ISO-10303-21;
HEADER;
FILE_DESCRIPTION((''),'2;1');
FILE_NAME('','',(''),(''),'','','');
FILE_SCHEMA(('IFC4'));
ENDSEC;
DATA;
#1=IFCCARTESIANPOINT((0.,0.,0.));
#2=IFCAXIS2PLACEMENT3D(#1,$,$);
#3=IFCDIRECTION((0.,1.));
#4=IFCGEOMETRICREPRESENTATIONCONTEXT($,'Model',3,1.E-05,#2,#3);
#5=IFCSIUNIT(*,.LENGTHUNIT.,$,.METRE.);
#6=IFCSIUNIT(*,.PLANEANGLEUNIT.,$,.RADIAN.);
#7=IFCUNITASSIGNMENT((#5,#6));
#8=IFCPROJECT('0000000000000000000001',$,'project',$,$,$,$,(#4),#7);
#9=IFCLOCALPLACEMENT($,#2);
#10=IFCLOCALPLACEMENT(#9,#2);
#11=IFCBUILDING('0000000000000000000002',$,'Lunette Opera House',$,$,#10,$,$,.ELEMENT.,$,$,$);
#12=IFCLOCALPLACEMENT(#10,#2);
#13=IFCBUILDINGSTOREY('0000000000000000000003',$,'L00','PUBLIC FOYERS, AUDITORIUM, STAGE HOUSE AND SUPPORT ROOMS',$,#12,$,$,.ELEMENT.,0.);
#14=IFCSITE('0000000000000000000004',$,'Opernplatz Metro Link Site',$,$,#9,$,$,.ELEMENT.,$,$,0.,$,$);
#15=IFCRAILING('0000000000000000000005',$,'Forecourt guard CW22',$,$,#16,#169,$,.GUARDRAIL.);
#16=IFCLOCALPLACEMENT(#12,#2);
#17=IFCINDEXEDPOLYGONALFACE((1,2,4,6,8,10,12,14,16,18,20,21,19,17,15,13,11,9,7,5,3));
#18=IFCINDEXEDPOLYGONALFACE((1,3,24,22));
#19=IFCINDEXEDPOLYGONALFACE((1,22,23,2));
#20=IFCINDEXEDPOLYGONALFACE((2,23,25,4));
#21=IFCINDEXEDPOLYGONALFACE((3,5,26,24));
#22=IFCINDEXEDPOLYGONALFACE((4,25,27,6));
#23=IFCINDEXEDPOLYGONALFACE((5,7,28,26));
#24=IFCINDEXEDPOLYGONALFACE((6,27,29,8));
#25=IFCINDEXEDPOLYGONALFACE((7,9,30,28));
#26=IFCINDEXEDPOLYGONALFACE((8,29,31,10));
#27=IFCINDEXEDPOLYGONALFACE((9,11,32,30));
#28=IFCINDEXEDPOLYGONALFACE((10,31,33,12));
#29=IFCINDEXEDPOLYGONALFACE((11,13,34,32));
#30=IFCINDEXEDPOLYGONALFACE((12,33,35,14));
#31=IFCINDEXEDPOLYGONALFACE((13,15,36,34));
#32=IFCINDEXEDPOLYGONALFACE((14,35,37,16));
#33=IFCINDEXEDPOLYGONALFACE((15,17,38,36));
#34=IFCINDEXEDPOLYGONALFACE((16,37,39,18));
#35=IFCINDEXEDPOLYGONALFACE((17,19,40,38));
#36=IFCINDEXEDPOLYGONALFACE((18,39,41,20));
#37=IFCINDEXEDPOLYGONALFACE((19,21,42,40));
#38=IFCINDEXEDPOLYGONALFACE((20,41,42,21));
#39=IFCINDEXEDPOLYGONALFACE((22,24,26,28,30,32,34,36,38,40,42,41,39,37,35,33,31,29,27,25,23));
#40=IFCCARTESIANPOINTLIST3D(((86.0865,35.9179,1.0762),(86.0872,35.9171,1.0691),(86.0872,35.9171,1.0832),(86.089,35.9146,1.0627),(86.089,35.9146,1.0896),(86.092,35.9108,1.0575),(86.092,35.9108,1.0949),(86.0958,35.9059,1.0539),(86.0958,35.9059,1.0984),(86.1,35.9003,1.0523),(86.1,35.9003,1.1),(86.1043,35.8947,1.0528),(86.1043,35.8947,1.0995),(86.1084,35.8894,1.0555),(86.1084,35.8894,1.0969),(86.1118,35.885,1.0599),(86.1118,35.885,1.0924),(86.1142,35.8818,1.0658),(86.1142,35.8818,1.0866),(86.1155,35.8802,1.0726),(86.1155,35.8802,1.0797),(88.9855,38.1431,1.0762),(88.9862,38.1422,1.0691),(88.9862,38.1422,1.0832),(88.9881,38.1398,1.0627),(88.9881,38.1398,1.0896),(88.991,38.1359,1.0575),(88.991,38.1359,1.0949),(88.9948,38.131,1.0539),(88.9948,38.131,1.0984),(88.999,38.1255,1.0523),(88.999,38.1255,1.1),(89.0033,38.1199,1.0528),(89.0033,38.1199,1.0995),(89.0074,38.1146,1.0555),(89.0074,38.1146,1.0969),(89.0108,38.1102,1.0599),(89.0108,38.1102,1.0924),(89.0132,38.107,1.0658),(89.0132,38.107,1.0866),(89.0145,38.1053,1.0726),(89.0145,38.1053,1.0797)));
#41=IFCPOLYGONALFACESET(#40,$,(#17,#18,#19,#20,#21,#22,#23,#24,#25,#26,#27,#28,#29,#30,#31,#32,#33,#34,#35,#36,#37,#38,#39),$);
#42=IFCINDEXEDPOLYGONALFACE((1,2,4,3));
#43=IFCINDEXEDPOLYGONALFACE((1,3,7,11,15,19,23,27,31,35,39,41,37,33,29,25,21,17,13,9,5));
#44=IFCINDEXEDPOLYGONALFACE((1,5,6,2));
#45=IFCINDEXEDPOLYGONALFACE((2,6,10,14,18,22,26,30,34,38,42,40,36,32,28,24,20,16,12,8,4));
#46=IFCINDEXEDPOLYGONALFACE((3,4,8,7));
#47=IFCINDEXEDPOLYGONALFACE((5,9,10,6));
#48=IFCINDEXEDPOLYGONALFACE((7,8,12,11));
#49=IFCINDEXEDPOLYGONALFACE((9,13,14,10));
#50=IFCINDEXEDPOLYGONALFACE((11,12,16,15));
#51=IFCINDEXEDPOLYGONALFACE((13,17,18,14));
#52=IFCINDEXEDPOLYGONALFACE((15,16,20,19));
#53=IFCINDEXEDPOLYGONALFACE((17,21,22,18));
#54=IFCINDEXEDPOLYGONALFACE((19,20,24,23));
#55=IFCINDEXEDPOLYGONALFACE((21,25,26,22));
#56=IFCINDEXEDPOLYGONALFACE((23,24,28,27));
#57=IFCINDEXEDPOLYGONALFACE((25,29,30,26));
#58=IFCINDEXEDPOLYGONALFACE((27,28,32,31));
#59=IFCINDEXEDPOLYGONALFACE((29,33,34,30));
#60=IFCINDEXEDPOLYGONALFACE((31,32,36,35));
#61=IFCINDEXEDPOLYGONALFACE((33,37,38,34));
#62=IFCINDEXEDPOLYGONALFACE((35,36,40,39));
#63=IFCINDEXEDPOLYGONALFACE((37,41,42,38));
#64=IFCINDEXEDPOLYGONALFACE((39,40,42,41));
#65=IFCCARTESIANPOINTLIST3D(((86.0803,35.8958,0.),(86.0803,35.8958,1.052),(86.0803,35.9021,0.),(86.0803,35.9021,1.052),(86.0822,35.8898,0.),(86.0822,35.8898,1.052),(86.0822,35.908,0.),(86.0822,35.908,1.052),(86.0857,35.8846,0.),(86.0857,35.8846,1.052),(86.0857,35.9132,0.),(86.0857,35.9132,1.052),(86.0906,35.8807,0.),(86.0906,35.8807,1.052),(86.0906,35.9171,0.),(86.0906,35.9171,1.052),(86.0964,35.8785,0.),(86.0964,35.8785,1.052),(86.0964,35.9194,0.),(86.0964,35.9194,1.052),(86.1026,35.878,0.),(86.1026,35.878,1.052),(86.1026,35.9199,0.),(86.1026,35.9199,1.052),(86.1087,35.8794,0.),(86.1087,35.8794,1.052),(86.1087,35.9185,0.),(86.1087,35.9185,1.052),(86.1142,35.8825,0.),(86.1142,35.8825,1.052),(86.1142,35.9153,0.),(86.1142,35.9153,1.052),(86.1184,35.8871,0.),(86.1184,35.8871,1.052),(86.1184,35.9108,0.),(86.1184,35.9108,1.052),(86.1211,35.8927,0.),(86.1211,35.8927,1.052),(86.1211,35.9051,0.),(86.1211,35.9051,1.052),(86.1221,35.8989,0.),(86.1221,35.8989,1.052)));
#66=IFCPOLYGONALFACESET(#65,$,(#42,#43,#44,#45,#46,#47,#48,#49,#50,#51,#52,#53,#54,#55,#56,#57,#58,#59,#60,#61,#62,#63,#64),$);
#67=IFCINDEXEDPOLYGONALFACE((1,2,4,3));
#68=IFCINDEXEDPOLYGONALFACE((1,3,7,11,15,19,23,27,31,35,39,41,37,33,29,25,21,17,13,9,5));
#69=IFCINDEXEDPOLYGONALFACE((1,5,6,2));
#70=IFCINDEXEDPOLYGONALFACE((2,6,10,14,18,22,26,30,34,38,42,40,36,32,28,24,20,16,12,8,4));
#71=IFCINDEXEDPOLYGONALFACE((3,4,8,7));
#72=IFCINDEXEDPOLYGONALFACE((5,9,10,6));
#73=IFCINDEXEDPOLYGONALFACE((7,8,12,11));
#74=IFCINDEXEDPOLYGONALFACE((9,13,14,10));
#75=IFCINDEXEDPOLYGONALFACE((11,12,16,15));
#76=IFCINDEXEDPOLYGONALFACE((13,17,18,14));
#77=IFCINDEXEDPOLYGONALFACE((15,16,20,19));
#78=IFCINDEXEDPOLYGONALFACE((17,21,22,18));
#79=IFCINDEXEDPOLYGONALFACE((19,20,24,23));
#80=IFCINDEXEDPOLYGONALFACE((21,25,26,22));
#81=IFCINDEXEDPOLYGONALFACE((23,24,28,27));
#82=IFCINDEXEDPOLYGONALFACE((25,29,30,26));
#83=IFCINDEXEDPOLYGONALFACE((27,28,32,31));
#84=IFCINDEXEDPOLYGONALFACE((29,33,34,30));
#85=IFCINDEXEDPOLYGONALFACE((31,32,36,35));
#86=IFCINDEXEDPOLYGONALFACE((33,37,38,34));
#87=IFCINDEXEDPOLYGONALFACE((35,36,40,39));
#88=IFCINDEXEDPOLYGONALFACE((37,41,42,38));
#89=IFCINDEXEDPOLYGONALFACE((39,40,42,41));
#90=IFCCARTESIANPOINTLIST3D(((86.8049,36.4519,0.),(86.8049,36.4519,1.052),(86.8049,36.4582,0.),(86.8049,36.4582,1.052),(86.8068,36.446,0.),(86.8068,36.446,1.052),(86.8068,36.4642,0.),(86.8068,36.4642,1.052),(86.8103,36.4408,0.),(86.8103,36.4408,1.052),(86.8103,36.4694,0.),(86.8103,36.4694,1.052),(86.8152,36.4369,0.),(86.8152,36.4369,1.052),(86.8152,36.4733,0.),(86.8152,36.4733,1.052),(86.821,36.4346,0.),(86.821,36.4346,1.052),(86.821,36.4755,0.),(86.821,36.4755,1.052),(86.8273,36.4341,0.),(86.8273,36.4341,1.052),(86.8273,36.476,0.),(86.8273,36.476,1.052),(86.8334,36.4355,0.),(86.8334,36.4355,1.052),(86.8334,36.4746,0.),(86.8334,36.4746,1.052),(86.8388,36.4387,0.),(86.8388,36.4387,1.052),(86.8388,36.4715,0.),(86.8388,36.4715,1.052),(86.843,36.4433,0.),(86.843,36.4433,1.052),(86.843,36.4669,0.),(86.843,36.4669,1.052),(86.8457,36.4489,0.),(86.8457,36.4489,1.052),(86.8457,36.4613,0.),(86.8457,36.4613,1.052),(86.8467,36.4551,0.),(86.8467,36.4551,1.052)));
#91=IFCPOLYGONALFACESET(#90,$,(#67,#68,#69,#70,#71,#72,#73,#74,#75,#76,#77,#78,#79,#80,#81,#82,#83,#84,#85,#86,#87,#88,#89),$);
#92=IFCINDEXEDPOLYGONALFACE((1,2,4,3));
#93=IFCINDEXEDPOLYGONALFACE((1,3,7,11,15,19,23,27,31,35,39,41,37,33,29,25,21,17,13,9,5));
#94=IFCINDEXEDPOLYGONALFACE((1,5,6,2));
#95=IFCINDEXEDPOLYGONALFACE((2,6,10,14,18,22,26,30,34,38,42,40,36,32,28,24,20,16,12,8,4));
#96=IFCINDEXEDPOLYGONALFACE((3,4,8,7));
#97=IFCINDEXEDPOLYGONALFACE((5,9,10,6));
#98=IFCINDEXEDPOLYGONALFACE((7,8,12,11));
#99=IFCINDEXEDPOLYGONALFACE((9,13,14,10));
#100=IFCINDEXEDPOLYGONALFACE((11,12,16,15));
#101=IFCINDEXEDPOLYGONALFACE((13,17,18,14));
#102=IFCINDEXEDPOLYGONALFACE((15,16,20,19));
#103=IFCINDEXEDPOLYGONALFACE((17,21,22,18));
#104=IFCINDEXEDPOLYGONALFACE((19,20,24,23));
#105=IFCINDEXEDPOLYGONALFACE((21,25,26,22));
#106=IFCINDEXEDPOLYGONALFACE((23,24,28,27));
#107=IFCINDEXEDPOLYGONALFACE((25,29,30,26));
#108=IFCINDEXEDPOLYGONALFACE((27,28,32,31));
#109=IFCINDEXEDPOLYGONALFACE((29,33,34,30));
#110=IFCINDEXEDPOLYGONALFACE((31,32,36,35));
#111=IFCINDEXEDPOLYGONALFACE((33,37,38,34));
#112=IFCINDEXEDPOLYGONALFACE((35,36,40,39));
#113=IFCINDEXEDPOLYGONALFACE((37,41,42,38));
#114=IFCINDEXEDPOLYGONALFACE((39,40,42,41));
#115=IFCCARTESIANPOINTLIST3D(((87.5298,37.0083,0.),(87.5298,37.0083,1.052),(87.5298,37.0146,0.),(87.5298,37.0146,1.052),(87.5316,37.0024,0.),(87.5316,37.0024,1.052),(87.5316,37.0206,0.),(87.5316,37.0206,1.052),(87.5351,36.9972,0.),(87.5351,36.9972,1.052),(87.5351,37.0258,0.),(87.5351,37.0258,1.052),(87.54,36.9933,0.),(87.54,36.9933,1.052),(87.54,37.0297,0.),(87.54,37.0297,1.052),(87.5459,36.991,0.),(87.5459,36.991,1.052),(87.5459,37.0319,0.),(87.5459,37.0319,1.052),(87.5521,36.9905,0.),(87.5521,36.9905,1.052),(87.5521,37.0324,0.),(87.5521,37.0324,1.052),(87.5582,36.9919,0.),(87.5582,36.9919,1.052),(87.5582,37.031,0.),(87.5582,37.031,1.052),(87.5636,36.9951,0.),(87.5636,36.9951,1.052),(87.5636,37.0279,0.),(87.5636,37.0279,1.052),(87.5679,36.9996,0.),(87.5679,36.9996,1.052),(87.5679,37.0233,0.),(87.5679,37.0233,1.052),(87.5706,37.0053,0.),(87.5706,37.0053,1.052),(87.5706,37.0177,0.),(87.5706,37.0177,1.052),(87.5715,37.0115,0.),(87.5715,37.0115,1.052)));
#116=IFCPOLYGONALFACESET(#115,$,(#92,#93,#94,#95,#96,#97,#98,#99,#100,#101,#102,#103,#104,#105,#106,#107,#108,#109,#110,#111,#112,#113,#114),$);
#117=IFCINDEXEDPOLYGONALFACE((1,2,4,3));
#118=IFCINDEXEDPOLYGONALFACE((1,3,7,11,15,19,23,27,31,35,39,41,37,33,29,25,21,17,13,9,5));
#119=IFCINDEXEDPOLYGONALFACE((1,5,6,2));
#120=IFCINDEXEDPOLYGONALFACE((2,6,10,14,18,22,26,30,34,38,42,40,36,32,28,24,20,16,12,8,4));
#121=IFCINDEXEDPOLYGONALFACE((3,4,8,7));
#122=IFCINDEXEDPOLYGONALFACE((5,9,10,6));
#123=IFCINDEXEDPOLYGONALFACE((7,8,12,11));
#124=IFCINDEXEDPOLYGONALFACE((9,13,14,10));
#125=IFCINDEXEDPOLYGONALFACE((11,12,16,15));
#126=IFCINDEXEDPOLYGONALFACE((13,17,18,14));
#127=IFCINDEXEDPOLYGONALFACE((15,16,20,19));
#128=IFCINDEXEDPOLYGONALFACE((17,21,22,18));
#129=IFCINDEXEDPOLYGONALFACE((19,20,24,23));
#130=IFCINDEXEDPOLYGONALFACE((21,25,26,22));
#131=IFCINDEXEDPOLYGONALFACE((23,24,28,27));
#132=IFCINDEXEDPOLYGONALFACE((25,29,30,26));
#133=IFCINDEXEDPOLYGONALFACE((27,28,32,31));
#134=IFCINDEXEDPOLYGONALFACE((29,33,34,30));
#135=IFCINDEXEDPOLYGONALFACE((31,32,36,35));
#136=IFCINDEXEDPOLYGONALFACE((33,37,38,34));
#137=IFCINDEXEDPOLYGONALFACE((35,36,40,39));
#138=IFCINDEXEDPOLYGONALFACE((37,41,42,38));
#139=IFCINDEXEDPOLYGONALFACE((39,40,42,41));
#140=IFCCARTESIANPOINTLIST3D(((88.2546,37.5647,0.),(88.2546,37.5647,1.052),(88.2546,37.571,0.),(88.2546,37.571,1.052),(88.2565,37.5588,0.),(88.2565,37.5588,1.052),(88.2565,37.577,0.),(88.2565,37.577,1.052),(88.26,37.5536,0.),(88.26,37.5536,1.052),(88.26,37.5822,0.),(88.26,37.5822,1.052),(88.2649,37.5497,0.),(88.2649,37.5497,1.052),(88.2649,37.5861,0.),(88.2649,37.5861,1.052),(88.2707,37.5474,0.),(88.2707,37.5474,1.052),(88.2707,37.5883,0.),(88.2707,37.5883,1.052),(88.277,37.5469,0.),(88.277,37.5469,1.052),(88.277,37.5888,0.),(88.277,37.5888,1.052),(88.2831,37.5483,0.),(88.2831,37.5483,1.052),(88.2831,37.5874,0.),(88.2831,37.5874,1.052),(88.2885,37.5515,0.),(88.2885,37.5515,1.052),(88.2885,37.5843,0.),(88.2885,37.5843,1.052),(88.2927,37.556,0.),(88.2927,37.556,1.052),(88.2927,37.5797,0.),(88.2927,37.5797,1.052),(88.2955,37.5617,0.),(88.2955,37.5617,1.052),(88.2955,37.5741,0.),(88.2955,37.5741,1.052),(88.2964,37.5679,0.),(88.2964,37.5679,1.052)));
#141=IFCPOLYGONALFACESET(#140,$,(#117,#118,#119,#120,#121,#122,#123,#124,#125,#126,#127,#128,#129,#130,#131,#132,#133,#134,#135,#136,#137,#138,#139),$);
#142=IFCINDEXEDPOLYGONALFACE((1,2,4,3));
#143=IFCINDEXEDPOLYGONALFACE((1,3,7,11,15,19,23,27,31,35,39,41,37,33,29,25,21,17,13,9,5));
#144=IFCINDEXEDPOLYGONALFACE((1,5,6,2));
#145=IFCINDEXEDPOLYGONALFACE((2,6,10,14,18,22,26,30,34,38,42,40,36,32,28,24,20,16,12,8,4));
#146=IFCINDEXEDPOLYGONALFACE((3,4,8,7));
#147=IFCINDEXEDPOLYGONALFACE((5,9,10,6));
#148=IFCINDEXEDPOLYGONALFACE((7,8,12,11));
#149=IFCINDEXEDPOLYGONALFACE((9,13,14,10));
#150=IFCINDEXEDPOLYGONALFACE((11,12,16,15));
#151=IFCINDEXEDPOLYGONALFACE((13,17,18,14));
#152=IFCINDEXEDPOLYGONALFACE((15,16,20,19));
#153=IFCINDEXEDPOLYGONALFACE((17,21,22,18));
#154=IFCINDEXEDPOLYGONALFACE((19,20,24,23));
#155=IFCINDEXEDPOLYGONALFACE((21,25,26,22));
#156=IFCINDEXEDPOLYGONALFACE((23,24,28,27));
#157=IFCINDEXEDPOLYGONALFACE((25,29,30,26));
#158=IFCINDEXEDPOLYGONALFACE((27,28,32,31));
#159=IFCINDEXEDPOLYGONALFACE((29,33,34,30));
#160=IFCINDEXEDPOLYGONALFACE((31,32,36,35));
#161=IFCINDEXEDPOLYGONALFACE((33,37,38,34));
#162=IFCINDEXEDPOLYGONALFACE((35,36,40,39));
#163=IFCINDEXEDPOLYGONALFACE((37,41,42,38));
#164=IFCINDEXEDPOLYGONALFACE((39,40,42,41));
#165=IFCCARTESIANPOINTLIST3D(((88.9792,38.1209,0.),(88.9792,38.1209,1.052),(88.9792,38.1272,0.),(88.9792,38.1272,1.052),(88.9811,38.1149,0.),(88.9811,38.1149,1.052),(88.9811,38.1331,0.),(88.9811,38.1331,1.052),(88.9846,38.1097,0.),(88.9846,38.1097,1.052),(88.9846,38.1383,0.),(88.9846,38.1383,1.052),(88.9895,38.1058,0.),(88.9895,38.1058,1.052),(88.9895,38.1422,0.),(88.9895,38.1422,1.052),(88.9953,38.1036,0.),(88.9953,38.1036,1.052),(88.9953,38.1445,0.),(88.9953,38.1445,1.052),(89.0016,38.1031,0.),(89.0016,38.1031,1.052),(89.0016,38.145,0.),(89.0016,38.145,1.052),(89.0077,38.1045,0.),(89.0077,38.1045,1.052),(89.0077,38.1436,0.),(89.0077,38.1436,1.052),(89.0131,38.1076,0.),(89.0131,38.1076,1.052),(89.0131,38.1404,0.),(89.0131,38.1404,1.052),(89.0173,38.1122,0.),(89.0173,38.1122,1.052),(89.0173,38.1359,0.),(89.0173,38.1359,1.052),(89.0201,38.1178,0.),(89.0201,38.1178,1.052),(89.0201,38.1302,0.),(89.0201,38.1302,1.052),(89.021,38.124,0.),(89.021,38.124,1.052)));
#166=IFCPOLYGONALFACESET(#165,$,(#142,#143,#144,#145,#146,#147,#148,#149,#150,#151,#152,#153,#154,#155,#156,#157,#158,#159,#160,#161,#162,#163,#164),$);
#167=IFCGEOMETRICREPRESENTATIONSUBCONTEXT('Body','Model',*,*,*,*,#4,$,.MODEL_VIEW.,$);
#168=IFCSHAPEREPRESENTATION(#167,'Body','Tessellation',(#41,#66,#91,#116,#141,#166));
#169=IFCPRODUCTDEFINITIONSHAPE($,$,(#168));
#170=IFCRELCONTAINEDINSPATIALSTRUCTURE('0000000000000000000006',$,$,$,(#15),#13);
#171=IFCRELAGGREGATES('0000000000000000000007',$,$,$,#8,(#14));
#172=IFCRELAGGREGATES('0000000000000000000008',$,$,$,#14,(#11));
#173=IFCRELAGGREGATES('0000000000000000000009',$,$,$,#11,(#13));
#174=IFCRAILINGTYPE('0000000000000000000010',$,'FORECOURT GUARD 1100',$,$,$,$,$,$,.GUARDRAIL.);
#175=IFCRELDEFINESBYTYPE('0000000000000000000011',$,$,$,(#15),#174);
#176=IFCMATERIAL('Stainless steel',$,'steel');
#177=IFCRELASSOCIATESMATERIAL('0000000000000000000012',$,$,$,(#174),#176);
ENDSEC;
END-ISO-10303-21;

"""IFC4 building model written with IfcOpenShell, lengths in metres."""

from ifc_helpers import new_model, si_unit, direction, frame, origin, origin_2d, place, context, subcontext, project, spatial, circle, extrude, material, type_object, element, save


model = new_model("IFC4")

# Units and contexts
model_context = context("Model", 3, precision=1e-05, world=origin(), true_north=direction((0.0, 1.0)))
body_context = subcontext(model_context, "Body", "Model", "MODEL_VIEW")
ifc_project = project(units=[si_unit("LENGTHUNIT", "METRE"), si_unit("PLANEANGLEUNIT", "RADIAN")], contexts=[model_context])

# Site, building, storey
site_placement = place(None, origin())
site = spatial("IfcSite", under=ifc_project, at=site_placement, Name="Opernplatz Metro Link Site", CompositionType="ELEMENT", RefElevation=0.0)
building_placement = place(site_placement, origin())
building = spatial("IfcBuilding", under=site, at=building_placement, Name="Lunette Opera House", CompositionType="ELEMENT")
storey_placement = place(building_placement, origin())
storey = spatial("IfcBuildingStorey", under=building, at=storey_placement, Name="L00", Description="PUBLIC FOYERS, AUDITORIUM, STAGE HOUSE AND SUPPORT ROOMS", CompositionType="ELEMENT", Elevation=0.0)

# Railing
ifc_material_1 = material(Name="Stainless steel", Category="steel")
railing_type = type_object("IfcRailingType", Name="FORECOURT GUARD 1100", PredefinedType="GUARDRAIL", material=ifc_material_1)
railing_1_placement = place(storey_placement, frame((86.1011, 35.8989, 0.0)))
element("IfcRailing", 1, at=railing_1_placement, inside=storey, type_object=railing_type, Name="Forecourt guard CW22", PredefinedType="GUARDRAIL", context=body_context, shape_type="SweptSolid", body=[
    extrude(circle(Radius=0.0239, at=origin_2d()), frame((0.0, 0.0, 1.0762), z_axis=(0.793264, 0.608877, 0.0), x_axis=(-0.608877, 0.793264, 0.0)), (0.0, 0.0, 1.0), 3.6545),
    extrude(circle(Radius=0.021, at=origin_2d()), origin(), (0.0, 0.0, 1.0), 1.052),
    extrude(circle(Radius=0.021, at=origin_2d()), frame((0.7246, 0.5562, 0.0)), (0.0, 0.0, 1.0), 1.052),
    extrude(circle(Radius=0.021, at=origin_2d()), frame((1.4495, 1.1125, 0.0)), (0.0, 0.0, 1.0), 1.052),
    extrude(circle(Radius=0.021, at=origin_2d()), frame((2.1743, 1.6689, 0.0)), (0.0, 0.0, 1.0), 1.052),
    extrude(circle(Radius=0.021, at=origin_2d()), frame((2.8989, 2.2251, 0.0)), (0.0, 0.0, 1.0), 1.052),
])

save(model, "model.ifc")
